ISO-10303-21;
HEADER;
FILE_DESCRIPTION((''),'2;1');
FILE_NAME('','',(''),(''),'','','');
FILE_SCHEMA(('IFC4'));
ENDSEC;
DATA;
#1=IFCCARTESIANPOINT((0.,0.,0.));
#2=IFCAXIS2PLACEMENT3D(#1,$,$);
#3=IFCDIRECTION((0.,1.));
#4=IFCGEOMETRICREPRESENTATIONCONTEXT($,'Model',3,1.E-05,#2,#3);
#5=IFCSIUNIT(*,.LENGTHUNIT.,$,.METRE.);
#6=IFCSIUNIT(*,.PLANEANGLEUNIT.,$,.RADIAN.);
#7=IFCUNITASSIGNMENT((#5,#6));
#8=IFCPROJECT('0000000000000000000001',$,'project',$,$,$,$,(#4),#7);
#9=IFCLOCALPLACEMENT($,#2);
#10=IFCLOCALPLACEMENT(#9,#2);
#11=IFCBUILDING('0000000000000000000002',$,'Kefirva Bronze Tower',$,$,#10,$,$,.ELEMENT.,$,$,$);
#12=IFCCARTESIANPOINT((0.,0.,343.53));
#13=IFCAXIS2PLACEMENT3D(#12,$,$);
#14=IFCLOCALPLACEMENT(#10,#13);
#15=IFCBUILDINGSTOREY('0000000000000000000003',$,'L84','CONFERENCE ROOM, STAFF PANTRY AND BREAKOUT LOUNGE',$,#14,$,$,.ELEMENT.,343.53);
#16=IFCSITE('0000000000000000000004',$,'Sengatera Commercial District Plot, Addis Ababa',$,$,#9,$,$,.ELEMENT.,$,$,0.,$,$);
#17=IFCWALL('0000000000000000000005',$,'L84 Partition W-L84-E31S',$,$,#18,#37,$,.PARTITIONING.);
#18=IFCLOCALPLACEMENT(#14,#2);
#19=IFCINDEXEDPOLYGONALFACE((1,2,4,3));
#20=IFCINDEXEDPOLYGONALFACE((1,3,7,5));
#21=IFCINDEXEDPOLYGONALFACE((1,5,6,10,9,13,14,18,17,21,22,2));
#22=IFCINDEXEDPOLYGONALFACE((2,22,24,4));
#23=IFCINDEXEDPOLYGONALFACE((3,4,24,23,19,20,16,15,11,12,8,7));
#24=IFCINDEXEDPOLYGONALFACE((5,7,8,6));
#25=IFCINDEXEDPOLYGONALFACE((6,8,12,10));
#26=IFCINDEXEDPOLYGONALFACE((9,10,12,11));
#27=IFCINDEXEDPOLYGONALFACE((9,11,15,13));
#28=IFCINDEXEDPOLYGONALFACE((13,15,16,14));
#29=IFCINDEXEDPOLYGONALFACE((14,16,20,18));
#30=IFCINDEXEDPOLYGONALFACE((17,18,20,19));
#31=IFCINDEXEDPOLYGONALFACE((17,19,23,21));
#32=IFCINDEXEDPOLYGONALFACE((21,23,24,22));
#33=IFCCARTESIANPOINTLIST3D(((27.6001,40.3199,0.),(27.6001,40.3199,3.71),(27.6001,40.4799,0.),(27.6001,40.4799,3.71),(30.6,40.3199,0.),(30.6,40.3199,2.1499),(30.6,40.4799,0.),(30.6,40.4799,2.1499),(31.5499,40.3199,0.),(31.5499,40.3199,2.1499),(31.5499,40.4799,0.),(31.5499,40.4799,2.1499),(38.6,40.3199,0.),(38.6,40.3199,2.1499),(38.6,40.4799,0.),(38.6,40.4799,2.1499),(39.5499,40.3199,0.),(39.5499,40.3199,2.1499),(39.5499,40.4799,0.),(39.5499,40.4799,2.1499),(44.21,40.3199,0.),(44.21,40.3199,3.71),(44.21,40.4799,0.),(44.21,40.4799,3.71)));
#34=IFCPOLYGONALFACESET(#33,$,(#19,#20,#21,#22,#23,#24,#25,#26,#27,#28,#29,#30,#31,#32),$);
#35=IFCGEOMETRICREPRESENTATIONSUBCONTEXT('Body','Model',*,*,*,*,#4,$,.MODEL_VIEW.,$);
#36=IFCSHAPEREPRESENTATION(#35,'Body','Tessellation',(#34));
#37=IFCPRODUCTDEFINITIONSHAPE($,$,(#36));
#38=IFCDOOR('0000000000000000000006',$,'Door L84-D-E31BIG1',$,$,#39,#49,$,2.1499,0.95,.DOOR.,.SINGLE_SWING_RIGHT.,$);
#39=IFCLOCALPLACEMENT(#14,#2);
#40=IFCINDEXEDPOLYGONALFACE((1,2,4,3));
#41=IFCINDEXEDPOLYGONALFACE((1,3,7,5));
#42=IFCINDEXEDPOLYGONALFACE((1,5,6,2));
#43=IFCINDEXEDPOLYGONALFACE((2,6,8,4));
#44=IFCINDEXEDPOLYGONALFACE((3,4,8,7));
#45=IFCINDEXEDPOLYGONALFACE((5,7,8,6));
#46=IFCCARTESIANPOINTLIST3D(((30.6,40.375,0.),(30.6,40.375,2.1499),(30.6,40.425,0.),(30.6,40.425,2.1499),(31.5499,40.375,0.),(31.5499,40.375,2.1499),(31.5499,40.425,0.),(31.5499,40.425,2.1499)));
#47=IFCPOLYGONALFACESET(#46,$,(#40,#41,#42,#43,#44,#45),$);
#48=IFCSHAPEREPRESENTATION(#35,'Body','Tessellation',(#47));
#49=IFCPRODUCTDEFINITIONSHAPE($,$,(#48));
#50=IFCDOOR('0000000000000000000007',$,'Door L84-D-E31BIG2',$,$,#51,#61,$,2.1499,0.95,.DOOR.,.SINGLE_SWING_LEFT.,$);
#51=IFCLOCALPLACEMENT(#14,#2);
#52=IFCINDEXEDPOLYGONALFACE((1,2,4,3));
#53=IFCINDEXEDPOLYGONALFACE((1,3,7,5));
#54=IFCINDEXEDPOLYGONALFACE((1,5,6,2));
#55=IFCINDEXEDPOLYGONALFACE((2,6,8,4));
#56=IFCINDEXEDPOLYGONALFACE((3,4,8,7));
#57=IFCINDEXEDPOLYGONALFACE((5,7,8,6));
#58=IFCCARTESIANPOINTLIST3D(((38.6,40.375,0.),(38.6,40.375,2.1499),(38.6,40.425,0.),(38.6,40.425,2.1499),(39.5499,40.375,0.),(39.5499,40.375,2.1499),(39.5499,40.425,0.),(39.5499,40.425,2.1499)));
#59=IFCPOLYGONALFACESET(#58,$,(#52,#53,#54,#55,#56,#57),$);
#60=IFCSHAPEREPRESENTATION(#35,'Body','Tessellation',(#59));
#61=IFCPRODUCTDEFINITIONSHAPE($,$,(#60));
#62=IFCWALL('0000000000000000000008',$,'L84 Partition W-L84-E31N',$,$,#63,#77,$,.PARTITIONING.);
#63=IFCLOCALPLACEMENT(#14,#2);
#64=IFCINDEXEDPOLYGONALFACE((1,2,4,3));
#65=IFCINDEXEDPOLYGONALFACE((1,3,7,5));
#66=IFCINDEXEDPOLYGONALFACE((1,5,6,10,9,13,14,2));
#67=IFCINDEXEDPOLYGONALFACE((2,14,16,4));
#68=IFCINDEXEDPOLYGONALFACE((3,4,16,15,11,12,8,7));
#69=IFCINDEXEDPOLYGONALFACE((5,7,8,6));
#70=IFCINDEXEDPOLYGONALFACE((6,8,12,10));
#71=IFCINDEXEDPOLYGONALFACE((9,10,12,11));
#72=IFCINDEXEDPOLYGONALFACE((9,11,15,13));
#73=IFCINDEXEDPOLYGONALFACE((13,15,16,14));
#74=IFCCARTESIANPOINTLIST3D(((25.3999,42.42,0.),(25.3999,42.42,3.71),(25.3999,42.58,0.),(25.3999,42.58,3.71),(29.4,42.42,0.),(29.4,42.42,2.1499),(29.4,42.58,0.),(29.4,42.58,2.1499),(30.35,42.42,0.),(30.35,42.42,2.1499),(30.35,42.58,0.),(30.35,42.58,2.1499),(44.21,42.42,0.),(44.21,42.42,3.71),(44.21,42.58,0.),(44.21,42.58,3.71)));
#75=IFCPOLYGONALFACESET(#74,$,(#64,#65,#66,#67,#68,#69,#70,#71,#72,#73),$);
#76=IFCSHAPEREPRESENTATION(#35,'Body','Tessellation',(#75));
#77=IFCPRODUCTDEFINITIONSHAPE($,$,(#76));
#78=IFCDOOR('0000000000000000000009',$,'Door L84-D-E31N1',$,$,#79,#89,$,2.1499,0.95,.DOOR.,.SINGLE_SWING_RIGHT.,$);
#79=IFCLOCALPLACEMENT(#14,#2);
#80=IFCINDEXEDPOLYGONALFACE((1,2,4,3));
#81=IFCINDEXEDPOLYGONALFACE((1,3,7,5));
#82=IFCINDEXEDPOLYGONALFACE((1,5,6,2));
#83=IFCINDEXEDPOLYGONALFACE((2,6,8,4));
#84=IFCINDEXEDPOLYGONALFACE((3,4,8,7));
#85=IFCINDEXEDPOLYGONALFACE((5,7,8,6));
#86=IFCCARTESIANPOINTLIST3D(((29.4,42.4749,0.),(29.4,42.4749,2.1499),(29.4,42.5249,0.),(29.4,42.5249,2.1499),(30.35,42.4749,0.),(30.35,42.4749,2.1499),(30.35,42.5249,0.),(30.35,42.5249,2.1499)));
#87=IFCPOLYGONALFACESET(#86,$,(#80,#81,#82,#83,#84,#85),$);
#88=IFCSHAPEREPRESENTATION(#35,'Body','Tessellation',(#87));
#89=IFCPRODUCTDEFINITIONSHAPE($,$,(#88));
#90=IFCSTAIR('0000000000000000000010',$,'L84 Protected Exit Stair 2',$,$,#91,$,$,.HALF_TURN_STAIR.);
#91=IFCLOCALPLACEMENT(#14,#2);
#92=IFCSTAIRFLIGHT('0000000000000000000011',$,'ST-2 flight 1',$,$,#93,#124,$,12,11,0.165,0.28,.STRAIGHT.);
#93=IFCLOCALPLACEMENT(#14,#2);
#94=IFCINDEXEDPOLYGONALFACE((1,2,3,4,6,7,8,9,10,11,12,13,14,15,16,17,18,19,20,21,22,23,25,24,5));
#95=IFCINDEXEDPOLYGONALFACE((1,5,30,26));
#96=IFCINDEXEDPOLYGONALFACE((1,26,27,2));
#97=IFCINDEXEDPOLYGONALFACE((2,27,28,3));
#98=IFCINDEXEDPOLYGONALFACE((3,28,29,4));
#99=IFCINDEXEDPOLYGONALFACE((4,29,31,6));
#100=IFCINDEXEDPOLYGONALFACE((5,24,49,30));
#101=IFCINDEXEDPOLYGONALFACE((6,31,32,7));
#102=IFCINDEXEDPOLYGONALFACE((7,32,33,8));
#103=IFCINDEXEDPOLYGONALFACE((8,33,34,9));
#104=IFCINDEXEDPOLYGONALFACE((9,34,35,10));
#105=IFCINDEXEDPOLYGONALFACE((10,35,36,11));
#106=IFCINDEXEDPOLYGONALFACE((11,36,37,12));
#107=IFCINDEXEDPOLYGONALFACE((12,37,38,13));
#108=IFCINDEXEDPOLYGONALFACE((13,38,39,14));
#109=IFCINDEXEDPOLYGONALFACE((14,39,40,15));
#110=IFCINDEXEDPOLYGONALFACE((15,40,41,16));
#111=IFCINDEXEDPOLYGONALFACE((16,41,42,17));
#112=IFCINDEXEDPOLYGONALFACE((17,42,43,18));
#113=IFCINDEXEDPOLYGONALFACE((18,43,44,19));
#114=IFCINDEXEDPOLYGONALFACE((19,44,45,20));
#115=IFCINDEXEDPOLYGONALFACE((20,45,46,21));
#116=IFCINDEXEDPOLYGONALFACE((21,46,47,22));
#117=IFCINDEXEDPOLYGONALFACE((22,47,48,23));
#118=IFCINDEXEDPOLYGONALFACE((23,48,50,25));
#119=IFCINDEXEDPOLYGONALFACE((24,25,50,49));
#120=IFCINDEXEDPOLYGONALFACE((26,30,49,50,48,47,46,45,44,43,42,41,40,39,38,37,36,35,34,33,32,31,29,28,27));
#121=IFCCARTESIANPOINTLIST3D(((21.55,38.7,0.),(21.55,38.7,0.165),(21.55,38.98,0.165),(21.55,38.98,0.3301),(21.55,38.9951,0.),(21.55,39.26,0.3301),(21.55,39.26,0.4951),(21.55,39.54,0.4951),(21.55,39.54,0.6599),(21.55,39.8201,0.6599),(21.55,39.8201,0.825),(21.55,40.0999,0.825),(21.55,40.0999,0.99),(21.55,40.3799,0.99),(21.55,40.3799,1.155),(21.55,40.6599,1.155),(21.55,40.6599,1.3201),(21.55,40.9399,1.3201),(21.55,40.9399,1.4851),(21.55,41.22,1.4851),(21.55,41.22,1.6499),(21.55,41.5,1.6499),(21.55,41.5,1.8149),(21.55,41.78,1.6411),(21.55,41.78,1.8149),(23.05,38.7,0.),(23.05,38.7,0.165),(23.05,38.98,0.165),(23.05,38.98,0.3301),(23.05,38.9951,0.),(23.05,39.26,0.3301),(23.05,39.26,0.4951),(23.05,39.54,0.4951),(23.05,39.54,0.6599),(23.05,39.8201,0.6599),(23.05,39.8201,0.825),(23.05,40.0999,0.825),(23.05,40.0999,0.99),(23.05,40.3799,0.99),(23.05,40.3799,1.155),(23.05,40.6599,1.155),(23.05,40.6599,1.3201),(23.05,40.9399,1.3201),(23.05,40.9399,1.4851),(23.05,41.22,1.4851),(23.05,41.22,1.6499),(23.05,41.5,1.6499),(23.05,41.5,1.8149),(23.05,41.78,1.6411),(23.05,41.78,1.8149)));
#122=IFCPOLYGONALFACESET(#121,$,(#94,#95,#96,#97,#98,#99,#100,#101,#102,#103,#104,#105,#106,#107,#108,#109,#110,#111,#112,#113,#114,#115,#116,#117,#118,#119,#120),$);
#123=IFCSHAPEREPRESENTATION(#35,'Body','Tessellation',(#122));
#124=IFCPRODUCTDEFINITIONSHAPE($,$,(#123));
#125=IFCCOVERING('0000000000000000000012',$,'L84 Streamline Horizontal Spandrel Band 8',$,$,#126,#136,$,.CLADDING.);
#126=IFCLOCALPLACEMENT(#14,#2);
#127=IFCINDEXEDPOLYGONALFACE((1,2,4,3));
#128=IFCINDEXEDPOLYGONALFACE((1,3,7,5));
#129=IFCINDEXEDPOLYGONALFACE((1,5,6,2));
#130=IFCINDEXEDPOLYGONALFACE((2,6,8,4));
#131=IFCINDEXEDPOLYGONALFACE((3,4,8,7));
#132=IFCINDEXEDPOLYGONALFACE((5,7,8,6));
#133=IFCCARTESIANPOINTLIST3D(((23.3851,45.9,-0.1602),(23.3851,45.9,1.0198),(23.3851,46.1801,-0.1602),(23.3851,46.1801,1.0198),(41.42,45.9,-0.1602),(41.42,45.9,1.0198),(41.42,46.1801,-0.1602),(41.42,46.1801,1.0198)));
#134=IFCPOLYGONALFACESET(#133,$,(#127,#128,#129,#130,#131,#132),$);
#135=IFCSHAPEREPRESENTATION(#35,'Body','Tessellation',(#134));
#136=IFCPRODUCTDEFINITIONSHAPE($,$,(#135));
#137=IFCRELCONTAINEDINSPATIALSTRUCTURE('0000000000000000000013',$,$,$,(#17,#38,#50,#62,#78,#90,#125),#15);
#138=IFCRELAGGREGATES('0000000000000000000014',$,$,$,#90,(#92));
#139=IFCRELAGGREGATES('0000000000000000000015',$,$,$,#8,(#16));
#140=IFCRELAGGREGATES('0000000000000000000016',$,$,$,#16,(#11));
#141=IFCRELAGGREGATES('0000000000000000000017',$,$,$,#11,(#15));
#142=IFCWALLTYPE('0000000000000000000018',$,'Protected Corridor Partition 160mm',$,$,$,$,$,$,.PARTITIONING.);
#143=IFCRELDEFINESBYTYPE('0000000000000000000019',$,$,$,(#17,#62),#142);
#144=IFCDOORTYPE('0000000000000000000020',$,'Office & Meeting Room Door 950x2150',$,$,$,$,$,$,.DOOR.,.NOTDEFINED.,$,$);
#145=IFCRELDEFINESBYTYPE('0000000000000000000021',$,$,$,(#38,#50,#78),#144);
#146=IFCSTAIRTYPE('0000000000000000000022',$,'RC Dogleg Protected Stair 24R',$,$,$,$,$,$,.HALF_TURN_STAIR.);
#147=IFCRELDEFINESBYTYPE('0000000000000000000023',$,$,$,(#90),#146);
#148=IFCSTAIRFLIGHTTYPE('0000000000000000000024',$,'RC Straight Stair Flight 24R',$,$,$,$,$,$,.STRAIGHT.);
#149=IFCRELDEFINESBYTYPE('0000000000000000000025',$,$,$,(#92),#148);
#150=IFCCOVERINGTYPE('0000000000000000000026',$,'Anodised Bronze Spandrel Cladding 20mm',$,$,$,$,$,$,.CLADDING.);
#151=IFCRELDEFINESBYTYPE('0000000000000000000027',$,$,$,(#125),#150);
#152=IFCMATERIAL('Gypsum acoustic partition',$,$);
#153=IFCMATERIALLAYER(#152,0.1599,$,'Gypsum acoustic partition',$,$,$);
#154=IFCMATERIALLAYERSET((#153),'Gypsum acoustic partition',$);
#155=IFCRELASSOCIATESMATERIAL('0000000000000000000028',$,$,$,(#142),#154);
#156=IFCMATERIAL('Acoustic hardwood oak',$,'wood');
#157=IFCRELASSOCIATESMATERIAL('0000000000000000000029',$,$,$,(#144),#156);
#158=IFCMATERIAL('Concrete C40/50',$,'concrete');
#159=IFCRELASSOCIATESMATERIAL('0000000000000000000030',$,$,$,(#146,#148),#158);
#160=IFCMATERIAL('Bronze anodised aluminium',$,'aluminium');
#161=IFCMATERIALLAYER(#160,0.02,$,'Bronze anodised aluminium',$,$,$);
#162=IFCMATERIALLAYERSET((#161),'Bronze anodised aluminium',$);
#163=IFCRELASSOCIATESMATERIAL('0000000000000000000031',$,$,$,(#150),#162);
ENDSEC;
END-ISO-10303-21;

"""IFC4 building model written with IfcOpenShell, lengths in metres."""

from ifc_helpers import new_model, si_unit, direction, frame, frame_2d, origin, origin_2d, place, context, subcontext, project, spatial, polyline, rectangle, outline, extrude, material, layer, layer_set, type_object, element, fill, aggregate, save


model = new_model("IFC4")

# Units and contexts
model_context = context("Model", 3, precision=1e-05, world=origin(), true_north=direction((0.0, 1.0)))
body_context = subcontext(model_context, "Body", "Model", "MODEL_VIEW")
ifc_project = project(units=[si_unit("LENGTHUNIT", "METRE"), si_unit("PLANEANGLEUNIT", "RADIAN")], contexts=[model_context])

# Site, building, storey
site_placement = place(None, origin())
site = spatial("IfcSite", under=ifc_project, at=site_placement, Name="Sengatera Commercial District Plot, Addis Ababa", CompositionType="ELEMENT", RefElevation=0.0)
building_placement = place(site_placement, origin())
building = spatial("IfcBuilding", under=site, at=building_placement, Name="Kefirva Bronze Tower", CompositionType="ELEMENT")
storey_placement = place(building_placement, frame((0.0, 0.0, 343.53)))
storey = spatial("IfcBuildingStorey", under=building, at=storey_placement, Name="L84", Description="CONFERENCE ROOM, STAFF PANTRY AND BREAKOUT LOUNGE", CompositionType="ELEMENT", Elevation=343.53)

# Shared definitions
ifc_material_1 = material(Name="Bronze anodised aluminium", Category="aluminium")

# Wall, openings, doors
ifc_material_2 = material(Name="Gypsum acoustic partition")
ifc_layer_1 = layer(ifc_material_2, 0.1599, Name="Gypsum acoustic partition")
ifc_layer_set_1 = layer_set([ifc_layer_1], Name="Gypsum acoustic partition")
wall_type = type_object("IfcWallType", Name="Protected Corridor Partition 160mm", PredefinedType="PARTITIONING", material=ifc_layer_set_1)
wall_1_placement = place(storey_placement, frame((27.6001, 40.3999, 0.0), z_axis=(0.0, 0.0, 1.0), x_axis=(1.0, 0.0, 0.0)))
wall_1 = element("IfcWall", 1, at=wall_1_placement, inside=storey, type_object=wall_type, Name="L84 Partition W-L84-E31S", PredefinedType="PARTITIONING", context=body_context, shape_type="SweptSolid", body=[
    extrude(rectangle(XDim=16.6099, YDim=0.1599, at=frame_2d((8.3049, 0.0))), origin(), (0.0, 0.0, 1.0), 3.71),
])
opening_1_placement = place(wall_1_placement, frame((3.95, 0.0, 0.0), z_axis=(0.0, 0.0, 1.0), x_axis=(-1.0, 0.0, 0.0)))
opening_1 = element("IfcOpeningElement", 2, at=opening_1_placement, cuts=wall_1, PredefinedType="OPENING", context=body_context, shape_type="SweptSolid", body=[
    extrude(rectangle(XDim=0.95, YDim=2.1499, at=frame_2d((0.4751, 1.075))), frame((0.0, 0.0898, 0.0), z_axis=(0.0, -1.0, 0.0), x_axis=(1.0, 0.0, 0.0)), (0.0, 0.0, 1.0), 0.1799),
])
opening_2_placement = place(wall_1_placement, frame((11.95, 0.0, 0.0), z_axis=(0.0, 0.0, 1.0), x_axis=(-1.0, 0.0, 0.0)))
opening_2 = element("IfcOpeningElement", 3, at=opening_2_placement, cuts=wall_1, PredefinedType="OPENING", context=body_context, shape_type="SweptSolid", body=[
    extrude(rectangle(XDim=0.95, YDim=2.1499, at=frame_2d((0.4751, 1.075))), frame((0.0, 0.0898, 0.0), z_axis=(0.0, -1.0, 0.0), x_axis=(1.0, 0.0, 0.0)), (0.0, 0.0, 1.0), 0.1799),
])
ifc_material_3 = material(Name="Acoustic hardwood oak", Category="wood")
door_type = type_object("IfcDoorType", Name="Office & Meeting Room Door 950x2150", OperationType="NOTDEFINED", PredefinedType="DOOR", material=ifc_material_3)
door_1_placement = place(opening_1_placement, origin())
door_1 = element("IfcDoor", 4, at=door_1_placement, inside=storey, type_object=door_type, Name="Door L84-D-E31BIG1", OperationType="SINGLE_SWING_RIGHT", OverallHeight=2.1499, OverallWidth=0.95, PredefinedType="DOOR", context=body_context, shape_type="SweptSolid", body=[
    extrude(rectangle(XDim=0.95, YDim=2.1499, at=frame_2d((0.4751, 1.075))), frame((0.0, 0.0249, 0.0), z_axis=(0.0, -1.0, 0.0), x_axis=(1.0, 0.0, 0.0)), (0.0, 0.0, 1.0), 0.05),
])
fill(opening_1, door_1)
door_2_placement = place(opening_2_placement, origin())
door_2 = element("IfcDoor", 5, at=door_2_placement, inside=storey, type_object=door_type, Name="Door L84-D-E31BIG2", OperationType="SINGLE_SWING_LEFT", OverallHeight=2.1499, OverallWidth=0.95, PredefinedType="DOOR", context=body_context, shape_type="SweptSolid", body=[
    extrude(rectangle(XDim=0.95, YDim=2.1499, at=frame_2d((0.4751, 1.075))), frame((0.0, 0.0249, 0.0), z_axis=(0.0, -1.0, 0.0), x_axis=(1.0, 0.0, 0.0)), (0.0, 0.0, 1.0), 0.05),
])
fill(opening_2, door_2)

# Wall, opening, door
wall_2_placement = place(storey_placement, frame((25.3999, 42.5, 0.0), z_axis=(0.0, 0.0, 1.0), x_axis=(1.0, 0.0, 0.0)))
wall_2 = element("IfcWall", 6, at=wall_2_placement, inside=storey, type_object=wall_type, Name="L84 Partition W-L84-E31N", PredefinedType="PARTITIONING", context=body_context, shape_type="SweptSolid", body=[
    extrude(rectangle(XDim=18.8101, YDim=0.1599, at=frame_2d((9.405, 0.0))), origin(), (0.0, 0.0, 1.0), 3.71),
])
opening_3_placement = place(wall_2_placement, frame((4.0, 0.0, 0.0)))
opening_3 = element("IfcOpeningElement", 7, at=opening_3_placement, cuts=wall_2, PredefinedType="OPENING", context=body_context, shape_type="SweptSolid", body=[
    extrude(rectangle(XDim=0.95, YDim=2.1499, at=frame_2d((0.4751, 1.075))), frame((0.0, 0.0898, 0.0), z_axis=(0.0, -1.0, 0.0), x_axis=(1.0, 0.0, 0.0)), (0.0, 0.0, 1.0), 0.1799),
])
door_3_placement = place(opening_3_placement, origin())
door_3 = element("IfcDoor", 8, at=door_3_placement, inside=storey, type_object=door_type, Name="Door L84-D-E31N1", OperationType="SINGLE_SWING_RIGHT", OverallHeight=2.1499, OverallWidth=0.95, PredefinedType="DOOR", context=body_context, shape_type="SweptSolid", body=[
    extrude(rectangle(XDim=0.95, YDim=2.1499, at=frame_2d((0.4751, 1.075))), frame((0.0, 0.0249, 0.0), z_axis=(0.0, -1.0, 0.0), x_axis=(1.0, 0.0, 0.0)), (0.0, 0.0, 1.0), 0.05),
])
fill(opening_3, door_3)

# Stair, stair flight
ifc_material_4 = material(Name="Concrete C40/50", Category="concrete")
stair_type = type_object("IfcStairType", Name="RC Dogleg Protected Stair 24R", PredefinedType="HALF_TURN_STAIR", material=ifc_material_4)
stair_placement = place(storey_placement, origin())
stair = element("IfcStair", 9, at=stair_placement, inside=storey, type_object=stair_type, Name="L84 Protected Exit Stair 2", PredefinedType="HALF_TURN_STAIR")
stair_flight_type = type_object("IfcStairFlightType", Name="RC Straight Stair Flight 24R", PredefinedType="STRAIGHT", material=ifc_material_4)
stair_flight_placement = place(storey_placement, frame((22.3, 38.7, 0.0), z_axis=(0.0, 0.0, 1.0), x_axis=(0.0, 1.0, 0.0)))
stair_flight = element("IfcStairFlight", 10, at=stair_flight_placement, type_object=stair_flight_type, Name="ST-2 flight 1", NumberOfRisers=12, NumberOfTreads=11, PredefinedType="STRAIGHT", RiserHeight=0.165, TreadLength=0.28, context=body_context, shape_type="SweptSolid", body=[
    extrude(outline(polyline([(0.0, 0.0), (0.0, 0.165), (0.28, 0.165), (0.28, 0.3301), (0.5601, 0.3301), (0.5601, 0.4951), (0.8401, 0.4951), (0.8401, 0.6599), (1.1201, 0.6599), (1.1201, 0.825), (1.3999, 0.825), (1.3999, 0.99), (1.6799, 0.99), (1.6799, 1.155), (1.96, 1.155), (1.96, 1.3201), (2.24, 1.3201), (2.24, 1.4851), (2.52, 1.4851), (2.52, 1.6499), (2.8, 1.6499), (2.8, 1.8149), (3.0801, 1.8149), (3.0801, 1.98), (3.0801, 1.6411), (0.2952, 0.0), (0.0, 0.0)])), frame((0.0, 0.75, 0.0), z_axis=(0.0, -1.0, 0.0), x_axis=(1.0, 0.0, 0.0)), (0.0, 0.0, 1.0), 1.5),
])
aggregate(stair, [stair_flight])

# Covering
ifc_layer_2 = layer(ifc_material_1, 0.02, Name="Bronze anodised aluminium")
ifc_layer_set_2 = layer_set([ifc_layer_2], Name="Bronze anodised aluminium")
covering_type_1 = type_object("IfcCoveringType", Name="Anodised Bronze Spandrel Cladding 20mm", PredefinedType="CLADDING", material=ifc_layer_set_2)
covering_1_placement = place(storey_placement, frame((32.4026, 46.04, -0.1602), z_axis=(0.0, 0.0, 1.0), x_axis=(-1.0, 0.0, 0.0)))
element("IfcCovering", 11, at=covering_1_placement, inside=storey, type_object=covering_type_1, Name="L84 Streamline Horizontal Spandrel Band 8", PredefinedType="CLADDING", context=body_context, shape_type="SweptSolid", body=[
    extrude(rectangle(XDim=18.0349, YDim=0.28, at=origin_2d()), origin(), (0.0, 0.0, 1.0), 1.1799),
])

save(model, "model.ifc")
